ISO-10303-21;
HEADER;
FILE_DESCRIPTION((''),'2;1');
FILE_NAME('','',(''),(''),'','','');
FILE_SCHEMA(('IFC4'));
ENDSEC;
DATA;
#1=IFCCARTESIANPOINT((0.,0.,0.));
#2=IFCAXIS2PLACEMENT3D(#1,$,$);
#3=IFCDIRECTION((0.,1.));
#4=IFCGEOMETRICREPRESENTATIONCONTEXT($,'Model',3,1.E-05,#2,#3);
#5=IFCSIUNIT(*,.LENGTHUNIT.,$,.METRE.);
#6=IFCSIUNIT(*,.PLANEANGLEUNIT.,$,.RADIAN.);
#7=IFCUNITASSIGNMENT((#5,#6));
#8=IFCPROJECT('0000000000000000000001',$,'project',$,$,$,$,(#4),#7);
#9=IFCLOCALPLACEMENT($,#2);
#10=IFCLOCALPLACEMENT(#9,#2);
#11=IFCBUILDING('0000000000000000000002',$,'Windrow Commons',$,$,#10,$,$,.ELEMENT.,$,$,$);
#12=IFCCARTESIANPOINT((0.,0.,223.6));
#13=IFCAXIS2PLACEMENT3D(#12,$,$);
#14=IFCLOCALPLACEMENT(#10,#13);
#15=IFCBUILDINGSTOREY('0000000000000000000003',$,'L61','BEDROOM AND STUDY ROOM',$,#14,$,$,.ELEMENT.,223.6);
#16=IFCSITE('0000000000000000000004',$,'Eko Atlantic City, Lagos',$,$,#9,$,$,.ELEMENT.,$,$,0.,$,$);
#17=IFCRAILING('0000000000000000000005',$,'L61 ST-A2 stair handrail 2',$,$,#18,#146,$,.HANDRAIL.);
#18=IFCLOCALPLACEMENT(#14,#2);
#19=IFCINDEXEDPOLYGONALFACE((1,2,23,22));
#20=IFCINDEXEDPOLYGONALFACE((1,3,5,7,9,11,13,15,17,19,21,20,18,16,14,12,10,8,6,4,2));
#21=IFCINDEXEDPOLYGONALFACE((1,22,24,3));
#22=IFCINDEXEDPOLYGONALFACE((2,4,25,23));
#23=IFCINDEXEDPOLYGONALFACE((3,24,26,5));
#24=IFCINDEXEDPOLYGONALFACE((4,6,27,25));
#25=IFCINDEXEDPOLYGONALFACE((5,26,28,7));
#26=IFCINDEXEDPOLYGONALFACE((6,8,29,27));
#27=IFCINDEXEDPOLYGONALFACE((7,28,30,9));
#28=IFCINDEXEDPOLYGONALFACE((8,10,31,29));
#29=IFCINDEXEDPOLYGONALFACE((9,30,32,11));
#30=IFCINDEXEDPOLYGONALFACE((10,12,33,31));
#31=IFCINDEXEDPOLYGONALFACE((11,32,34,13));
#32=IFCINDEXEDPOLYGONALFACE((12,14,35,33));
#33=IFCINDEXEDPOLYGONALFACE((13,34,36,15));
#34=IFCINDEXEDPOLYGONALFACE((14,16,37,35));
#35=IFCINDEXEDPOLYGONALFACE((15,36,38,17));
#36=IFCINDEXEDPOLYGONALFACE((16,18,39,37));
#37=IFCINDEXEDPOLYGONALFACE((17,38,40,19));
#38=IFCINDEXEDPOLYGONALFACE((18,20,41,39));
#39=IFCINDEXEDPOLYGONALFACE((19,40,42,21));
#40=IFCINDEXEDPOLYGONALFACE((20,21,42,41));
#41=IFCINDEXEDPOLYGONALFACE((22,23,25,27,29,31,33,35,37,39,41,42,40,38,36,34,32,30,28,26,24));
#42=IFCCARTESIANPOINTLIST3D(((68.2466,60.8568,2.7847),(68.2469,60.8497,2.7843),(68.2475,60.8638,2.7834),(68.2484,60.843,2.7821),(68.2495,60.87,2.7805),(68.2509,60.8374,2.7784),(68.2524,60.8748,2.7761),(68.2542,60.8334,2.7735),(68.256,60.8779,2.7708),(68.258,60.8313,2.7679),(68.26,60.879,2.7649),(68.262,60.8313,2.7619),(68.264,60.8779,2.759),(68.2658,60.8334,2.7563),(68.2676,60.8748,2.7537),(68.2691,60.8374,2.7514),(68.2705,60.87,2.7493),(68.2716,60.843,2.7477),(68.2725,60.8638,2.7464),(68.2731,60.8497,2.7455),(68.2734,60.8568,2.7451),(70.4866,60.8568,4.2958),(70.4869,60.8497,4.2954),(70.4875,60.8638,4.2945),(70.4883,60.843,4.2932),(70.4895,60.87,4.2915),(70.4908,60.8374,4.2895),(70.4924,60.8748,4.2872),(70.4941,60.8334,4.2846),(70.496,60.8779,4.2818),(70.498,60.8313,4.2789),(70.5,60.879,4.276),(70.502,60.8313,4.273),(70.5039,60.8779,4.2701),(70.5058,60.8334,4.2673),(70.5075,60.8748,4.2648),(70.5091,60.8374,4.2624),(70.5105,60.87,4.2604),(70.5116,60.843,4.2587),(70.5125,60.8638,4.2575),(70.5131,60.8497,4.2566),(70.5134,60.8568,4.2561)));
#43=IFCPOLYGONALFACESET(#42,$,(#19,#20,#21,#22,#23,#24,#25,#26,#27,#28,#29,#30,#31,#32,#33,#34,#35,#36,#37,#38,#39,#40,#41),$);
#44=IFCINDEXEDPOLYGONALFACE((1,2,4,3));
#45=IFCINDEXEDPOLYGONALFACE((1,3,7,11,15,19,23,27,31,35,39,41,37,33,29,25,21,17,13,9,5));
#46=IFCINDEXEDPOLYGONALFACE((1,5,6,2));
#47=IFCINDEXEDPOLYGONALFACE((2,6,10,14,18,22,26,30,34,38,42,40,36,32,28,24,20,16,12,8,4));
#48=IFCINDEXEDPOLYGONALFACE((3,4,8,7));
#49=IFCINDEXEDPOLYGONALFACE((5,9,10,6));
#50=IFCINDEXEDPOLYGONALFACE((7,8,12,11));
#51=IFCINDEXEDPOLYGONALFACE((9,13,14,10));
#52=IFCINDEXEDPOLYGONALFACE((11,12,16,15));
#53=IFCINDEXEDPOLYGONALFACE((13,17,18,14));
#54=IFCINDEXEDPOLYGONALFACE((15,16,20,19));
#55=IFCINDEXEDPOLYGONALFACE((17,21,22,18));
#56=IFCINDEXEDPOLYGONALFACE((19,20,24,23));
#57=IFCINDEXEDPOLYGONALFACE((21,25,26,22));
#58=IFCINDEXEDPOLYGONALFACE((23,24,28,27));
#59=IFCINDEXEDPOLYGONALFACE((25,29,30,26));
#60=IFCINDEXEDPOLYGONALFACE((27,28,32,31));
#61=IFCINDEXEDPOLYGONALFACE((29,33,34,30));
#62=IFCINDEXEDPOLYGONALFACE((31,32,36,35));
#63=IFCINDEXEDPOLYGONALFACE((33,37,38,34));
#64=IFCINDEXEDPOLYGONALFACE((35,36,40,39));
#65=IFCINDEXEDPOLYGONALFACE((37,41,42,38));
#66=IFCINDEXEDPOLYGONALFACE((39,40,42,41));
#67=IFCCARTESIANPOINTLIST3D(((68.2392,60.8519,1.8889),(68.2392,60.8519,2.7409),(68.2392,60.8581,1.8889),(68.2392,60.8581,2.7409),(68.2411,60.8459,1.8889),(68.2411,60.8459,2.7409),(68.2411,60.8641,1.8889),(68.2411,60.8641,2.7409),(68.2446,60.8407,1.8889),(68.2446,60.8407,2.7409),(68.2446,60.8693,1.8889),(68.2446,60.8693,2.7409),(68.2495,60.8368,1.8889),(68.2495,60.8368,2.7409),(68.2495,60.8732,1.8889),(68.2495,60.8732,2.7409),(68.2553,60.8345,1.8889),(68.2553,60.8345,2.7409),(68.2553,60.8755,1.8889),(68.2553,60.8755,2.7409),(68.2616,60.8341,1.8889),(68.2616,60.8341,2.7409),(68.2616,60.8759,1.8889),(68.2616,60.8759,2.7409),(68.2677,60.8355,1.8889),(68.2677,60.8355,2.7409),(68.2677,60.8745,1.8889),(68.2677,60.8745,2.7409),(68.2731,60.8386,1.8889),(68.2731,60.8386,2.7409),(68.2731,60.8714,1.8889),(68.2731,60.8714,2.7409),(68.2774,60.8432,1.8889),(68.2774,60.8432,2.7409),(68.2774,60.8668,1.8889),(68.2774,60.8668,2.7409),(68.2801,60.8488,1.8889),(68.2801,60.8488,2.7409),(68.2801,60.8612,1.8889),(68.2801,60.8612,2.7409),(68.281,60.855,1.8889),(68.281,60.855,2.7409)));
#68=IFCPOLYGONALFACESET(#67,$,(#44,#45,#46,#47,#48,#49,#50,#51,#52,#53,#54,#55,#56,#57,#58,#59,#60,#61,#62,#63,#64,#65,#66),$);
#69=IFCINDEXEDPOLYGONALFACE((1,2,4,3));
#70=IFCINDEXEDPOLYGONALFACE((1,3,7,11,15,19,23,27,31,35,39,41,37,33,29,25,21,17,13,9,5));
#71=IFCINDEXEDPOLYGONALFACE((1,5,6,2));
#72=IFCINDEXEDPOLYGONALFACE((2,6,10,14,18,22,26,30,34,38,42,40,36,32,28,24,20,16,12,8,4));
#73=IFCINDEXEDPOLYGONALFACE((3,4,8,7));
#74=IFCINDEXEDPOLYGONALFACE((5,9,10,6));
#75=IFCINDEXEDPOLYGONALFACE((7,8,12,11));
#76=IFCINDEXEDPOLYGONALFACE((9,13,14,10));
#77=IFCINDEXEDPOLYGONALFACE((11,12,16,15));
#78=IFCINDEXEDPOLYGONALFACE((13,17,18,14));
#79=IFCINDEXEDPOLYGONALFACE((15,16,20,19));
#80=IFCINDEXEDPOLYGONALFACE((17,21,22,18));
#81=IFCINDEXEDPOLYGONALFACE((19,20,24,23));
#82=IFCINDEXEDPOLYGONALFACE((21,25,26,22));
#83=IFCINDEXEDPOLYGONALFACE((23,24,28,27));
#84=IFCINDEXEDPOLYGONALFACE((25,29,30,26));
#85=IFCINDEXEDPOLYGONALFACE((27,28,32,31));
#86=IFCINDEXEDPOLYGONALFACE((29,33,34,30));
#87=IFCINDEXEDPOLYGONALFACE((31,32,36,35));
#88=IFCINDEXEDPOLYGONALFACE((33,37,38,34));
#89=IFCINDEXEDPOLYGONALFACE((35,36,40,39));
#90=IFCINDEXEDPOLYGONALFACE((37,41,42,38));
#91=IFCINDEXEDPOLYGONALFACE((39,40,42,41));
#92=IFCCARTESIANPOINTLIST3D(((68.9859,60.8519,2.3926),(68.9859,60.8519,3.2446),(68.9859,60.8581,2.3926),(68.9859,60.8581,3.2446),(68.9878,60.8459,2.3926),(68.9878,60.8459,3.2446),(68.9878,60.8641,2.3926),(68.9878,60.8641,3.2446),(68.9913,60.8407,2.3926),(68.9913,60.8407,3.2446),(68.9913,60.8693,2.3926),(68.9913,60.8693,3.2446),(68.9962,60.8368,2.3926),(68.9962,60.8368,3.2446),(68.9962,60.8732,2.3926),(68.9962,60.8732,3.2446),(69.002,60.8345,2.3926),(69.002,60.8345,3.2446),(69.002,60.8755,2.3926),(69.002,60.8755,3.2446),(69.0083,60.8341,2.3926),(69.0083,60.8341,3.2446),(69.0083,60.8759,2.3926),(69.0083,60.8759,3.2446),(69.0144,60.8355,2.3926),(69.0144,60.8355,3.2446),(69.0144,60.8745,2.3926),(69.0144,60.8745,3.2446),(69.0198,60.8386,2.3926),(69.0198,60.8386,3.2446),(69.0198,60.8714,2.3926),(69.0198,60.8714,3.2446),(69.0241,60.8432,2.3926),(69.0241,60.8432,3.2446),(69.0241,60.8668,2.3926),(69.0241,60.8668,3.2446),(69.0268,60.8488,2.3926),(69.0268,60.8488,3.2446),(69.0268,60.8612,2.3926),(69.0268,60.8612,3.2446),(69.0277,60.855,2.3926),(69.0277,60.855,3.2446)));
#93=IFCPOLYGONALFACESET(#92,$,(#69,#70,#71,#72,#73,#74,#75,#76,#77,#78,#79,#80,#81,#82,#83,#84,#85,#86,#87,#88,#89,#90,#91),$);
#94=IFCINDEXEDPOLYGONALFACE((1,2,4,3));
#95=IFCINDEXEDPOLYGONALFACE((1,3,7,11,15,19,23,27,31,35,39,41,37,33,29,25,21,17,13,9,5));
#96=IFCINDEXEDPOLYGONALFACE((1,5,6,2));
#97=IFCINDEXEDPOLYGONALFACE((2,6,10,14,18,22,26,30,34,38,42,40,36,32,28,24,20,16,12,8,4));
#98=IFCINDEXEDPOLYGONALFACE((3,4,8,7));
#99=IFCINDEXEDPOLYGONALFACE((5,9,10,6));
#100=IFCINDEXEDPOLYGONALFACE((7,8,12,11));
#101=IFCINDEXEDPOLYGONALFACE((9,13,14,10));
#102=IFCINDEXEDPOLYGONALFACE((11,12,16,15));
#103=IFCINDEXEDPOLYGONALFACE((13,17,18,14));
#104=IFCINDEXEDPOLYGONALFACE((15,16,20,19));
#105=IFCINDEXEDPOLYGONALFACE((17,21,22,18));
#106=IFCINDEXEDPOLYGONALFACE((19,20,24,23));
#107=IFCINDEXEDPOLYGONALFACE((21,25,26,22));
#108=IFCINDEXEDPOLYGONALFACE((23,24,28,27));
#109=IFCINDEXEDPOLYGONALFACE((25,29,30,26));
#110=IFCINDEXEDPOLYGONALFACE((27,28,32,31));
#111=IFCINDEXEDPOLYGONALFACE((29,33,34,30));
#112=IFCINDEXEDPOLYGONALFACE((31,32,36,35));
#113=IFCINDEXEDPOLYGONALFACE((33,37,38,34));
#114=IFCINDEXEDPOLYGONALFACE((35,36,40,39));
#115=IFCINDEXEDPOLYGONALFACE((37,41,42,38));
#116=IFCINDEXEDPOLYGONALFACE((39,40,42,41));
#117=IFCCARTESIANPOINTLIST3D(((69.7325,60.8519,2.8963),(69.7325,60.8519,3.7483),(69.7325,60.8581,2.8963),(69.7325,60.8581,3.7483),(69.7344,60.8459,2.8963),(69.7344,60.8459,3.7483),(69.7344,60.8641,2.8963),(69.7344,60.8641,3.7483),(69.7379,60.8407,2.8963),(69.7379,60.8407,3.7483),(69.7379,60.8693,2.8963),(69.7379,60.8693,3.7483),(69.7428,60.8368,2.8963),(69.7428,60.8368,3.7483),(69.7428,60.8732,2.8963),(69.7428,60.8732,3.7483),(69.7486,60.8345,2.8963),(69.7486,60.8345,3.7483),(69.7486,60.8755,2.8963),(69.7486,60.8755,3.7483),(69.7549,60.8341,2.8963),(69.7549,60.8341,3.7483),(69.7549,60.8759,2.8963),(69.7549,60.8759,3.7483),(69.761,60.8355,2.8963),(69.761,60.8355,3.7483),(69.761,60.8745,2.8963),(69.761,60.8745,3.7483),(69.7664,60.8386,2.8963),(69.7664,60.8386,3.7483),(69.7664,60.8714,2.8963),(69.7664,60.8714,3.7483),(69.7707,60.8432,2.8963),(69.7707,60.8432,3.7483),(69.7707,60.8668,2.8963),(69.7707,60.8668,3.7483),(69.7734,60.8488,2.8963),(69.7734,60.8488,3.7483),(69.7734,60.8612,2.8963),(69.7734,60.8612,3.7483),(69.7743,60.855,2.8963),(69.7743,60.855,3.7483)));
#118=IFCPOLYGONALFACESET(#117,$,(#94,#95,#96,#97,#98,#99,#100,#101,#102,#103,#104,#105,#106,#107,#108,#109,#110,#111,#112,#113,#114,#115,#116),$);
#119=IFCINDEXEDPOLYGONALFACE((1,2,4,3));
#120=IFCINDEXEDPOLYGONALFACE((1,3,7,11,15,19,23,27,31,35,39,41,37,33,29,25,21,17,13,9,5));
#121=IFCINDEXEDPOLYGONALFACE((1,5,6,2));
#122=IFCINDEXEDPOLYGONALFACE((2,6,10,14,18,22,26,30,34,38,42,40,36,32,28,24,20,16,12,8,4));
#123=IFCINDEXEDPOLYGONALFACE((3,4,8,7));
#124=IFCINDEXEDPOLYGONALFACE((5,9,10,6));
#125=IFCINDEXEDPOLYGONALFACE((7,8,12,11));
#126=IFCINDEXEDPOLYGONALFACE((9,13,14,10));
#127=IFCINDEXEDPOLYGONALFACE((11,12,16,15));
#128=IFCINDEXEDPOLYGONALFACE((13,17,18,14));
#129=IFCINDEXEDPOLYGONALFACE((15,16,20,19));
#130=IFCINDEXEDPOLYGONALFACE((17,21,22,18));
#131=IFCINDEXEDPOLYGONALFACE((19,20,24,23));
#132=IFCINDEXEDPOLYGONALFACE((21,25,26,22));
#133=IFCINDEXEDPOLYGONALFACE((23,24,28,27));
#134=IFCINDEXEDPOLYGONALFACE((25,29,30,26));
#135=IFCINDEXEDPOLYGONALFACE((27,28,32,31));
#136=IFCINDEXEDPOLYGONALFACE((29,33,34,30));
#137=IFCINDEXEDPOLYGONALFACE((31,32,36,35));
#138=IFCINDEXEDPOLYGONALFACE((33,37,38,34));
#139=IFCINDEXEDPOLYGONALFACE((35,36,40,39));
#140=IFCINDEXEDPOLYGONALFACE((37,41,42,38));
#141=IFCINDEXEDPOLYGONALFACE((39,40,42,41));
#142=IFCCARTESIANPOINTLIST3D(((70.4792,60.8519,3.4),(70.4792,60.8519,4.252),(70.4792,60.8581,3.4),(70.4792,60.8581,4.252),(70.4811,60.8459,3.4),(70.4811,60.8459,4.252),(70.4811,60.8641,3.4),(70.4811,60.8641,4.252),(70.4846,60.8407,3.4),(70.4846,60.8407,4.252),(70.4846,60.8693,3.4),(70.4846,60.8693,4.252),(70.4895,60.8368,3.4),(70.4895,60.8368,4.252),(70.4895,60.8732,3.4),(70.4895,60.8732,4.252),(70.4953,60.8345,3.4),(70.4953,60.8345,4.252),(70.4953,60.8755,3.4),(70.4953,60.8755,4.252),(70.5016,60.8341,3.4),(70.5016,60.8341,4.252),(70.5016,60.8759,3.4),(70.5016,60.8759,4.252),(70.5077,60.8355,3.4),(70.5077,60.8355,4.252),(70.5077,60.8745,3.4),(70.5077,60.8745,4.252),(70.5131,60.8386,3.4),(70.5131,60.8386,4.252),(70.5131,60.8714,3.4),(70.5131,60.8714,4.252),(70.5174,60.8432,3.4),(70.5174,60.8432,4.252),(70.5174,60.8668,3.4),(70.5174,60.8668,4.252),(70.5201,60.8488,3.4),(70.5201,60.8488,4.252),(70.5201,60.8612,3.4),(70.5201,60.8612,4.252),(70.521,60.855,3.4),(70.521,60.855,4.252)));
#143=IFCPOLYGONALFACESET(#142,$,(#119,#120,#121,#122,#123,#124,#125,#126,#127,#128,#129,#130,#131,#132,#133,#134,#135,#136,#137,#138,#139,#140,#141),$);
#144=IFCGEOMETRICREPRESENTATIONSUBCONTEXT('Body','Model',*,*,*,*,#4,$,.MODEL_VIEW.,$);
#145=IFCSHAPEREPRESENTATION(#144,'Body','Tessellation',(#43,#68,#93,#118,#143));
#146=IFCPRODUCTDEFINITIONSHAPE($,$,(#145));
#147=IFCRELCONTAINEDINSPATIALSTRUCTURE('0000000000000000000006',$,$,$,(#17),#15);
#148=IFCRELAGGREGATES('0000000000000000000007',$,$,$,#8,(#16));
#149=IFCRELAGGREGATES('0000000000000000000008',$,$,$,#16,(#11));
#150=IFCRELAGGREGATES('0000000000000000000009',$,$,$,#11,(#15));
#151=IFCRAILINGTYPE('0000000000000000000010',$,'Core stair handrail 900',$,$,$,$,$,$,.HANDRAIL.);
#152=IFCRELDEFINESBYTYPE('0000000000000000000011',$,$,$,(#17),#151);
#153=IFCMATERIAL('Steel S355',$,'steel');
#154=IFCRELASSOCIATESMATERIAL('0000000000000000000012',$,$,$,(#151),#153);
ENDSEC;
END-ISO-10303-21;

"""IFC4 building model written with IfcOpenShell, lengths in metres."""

from ifc_helpers import new_model, si_unit, direction, frame, origin, origin_2d, place, context, subcontext, project, spatial, circle, extrude, material, type_object, element, save


model = new_model("IFC4")

# Units and contexts
model_context = context("Model", 3, precision=1e-05, world=origin(), true_north=direction((0.0, 1.0)))
body_context = subcontext(model_context, "Body", "Model", "MODEL_VIEW")
ifc_project = project(units=[si_unit("LENGTHUNIT", "METRE"), si_unit("PLANEANGLEUNIT", "RADIAN")], contexts=[model_context])

# Site, building, storey
site_placement = place(None, origin())
site = spatial("IfcSite", under=ifc_project, at=site_placement, Name="Eko Atlantic City, Lagos", CompositionType="ELEMENT", RefElevation=0.0)
building_placement = place(site_placement, origin())
building = spatial("IfcBuilding", under=site, at=building_placement, Name="Windrow Commons", CompositionType="ELEMENT")
storey_placement = place(building_placement, frame((0.0, 0.0, 223.6)))
storey = spatial("IfcBuildingStorey", under=building, at=storey_placement, Name="L61", Description="BEDROOM AND STUDY ROOM", CompositionType="ELEMENT", Elevation=223.6)

# Railing
ifc_material_1 = material(Name="Steel S355", Category="steel")
railing_type_1 = type_object("IfcRailingType", Name="Core stair handrail 900", PredefinedType="HANDRAIL", material=ifc_material_1)
railing_1_placement = place(storey_placement, frame((68.26, 60.855, 1.8889)))
element("IfcRailing", 1, at=railing_1_placement, inside=storey, type_object=railing_type_1, Name="L61 ST-A2 stair handrail 2", PredefinedType="HANDRAIL", context=body_context, shape_type="SweptSolid", body=[
    extrude(circle(Radius=0.024, at=origin_2d()), frame((0.0, 0.0, 0.876), z_axis=(0.829003, 0.0, 0.559244), x_axis=(0.0, 1.0, 0.0)), (0.0, 0.0, 1.0), 2.702),
    extrude(circle(Radius=0.021, at=origin_2d()), origin(), (0.0, 0.0, 1.0), 0.852),
    extrude(circle(Radius=0.021, at=origin_2d()), frame((0.7467, 0.0, 0.5037)), (0.0, 0.0, 1.0), 0.852),
    extrude(circle(Radius=0.021, at=origin_2d()), frame((1.4933, 0.0, 1.0074)), (0.0, 0.0, 1.0), 0.852),
    extrude(circle(Radius=0.021, at=origin_2d()), frame((2.24, 0.0, 1.5111)), (0.0, 0.0, 1.0), 0.852),
])

save(model, "model.ifc")
